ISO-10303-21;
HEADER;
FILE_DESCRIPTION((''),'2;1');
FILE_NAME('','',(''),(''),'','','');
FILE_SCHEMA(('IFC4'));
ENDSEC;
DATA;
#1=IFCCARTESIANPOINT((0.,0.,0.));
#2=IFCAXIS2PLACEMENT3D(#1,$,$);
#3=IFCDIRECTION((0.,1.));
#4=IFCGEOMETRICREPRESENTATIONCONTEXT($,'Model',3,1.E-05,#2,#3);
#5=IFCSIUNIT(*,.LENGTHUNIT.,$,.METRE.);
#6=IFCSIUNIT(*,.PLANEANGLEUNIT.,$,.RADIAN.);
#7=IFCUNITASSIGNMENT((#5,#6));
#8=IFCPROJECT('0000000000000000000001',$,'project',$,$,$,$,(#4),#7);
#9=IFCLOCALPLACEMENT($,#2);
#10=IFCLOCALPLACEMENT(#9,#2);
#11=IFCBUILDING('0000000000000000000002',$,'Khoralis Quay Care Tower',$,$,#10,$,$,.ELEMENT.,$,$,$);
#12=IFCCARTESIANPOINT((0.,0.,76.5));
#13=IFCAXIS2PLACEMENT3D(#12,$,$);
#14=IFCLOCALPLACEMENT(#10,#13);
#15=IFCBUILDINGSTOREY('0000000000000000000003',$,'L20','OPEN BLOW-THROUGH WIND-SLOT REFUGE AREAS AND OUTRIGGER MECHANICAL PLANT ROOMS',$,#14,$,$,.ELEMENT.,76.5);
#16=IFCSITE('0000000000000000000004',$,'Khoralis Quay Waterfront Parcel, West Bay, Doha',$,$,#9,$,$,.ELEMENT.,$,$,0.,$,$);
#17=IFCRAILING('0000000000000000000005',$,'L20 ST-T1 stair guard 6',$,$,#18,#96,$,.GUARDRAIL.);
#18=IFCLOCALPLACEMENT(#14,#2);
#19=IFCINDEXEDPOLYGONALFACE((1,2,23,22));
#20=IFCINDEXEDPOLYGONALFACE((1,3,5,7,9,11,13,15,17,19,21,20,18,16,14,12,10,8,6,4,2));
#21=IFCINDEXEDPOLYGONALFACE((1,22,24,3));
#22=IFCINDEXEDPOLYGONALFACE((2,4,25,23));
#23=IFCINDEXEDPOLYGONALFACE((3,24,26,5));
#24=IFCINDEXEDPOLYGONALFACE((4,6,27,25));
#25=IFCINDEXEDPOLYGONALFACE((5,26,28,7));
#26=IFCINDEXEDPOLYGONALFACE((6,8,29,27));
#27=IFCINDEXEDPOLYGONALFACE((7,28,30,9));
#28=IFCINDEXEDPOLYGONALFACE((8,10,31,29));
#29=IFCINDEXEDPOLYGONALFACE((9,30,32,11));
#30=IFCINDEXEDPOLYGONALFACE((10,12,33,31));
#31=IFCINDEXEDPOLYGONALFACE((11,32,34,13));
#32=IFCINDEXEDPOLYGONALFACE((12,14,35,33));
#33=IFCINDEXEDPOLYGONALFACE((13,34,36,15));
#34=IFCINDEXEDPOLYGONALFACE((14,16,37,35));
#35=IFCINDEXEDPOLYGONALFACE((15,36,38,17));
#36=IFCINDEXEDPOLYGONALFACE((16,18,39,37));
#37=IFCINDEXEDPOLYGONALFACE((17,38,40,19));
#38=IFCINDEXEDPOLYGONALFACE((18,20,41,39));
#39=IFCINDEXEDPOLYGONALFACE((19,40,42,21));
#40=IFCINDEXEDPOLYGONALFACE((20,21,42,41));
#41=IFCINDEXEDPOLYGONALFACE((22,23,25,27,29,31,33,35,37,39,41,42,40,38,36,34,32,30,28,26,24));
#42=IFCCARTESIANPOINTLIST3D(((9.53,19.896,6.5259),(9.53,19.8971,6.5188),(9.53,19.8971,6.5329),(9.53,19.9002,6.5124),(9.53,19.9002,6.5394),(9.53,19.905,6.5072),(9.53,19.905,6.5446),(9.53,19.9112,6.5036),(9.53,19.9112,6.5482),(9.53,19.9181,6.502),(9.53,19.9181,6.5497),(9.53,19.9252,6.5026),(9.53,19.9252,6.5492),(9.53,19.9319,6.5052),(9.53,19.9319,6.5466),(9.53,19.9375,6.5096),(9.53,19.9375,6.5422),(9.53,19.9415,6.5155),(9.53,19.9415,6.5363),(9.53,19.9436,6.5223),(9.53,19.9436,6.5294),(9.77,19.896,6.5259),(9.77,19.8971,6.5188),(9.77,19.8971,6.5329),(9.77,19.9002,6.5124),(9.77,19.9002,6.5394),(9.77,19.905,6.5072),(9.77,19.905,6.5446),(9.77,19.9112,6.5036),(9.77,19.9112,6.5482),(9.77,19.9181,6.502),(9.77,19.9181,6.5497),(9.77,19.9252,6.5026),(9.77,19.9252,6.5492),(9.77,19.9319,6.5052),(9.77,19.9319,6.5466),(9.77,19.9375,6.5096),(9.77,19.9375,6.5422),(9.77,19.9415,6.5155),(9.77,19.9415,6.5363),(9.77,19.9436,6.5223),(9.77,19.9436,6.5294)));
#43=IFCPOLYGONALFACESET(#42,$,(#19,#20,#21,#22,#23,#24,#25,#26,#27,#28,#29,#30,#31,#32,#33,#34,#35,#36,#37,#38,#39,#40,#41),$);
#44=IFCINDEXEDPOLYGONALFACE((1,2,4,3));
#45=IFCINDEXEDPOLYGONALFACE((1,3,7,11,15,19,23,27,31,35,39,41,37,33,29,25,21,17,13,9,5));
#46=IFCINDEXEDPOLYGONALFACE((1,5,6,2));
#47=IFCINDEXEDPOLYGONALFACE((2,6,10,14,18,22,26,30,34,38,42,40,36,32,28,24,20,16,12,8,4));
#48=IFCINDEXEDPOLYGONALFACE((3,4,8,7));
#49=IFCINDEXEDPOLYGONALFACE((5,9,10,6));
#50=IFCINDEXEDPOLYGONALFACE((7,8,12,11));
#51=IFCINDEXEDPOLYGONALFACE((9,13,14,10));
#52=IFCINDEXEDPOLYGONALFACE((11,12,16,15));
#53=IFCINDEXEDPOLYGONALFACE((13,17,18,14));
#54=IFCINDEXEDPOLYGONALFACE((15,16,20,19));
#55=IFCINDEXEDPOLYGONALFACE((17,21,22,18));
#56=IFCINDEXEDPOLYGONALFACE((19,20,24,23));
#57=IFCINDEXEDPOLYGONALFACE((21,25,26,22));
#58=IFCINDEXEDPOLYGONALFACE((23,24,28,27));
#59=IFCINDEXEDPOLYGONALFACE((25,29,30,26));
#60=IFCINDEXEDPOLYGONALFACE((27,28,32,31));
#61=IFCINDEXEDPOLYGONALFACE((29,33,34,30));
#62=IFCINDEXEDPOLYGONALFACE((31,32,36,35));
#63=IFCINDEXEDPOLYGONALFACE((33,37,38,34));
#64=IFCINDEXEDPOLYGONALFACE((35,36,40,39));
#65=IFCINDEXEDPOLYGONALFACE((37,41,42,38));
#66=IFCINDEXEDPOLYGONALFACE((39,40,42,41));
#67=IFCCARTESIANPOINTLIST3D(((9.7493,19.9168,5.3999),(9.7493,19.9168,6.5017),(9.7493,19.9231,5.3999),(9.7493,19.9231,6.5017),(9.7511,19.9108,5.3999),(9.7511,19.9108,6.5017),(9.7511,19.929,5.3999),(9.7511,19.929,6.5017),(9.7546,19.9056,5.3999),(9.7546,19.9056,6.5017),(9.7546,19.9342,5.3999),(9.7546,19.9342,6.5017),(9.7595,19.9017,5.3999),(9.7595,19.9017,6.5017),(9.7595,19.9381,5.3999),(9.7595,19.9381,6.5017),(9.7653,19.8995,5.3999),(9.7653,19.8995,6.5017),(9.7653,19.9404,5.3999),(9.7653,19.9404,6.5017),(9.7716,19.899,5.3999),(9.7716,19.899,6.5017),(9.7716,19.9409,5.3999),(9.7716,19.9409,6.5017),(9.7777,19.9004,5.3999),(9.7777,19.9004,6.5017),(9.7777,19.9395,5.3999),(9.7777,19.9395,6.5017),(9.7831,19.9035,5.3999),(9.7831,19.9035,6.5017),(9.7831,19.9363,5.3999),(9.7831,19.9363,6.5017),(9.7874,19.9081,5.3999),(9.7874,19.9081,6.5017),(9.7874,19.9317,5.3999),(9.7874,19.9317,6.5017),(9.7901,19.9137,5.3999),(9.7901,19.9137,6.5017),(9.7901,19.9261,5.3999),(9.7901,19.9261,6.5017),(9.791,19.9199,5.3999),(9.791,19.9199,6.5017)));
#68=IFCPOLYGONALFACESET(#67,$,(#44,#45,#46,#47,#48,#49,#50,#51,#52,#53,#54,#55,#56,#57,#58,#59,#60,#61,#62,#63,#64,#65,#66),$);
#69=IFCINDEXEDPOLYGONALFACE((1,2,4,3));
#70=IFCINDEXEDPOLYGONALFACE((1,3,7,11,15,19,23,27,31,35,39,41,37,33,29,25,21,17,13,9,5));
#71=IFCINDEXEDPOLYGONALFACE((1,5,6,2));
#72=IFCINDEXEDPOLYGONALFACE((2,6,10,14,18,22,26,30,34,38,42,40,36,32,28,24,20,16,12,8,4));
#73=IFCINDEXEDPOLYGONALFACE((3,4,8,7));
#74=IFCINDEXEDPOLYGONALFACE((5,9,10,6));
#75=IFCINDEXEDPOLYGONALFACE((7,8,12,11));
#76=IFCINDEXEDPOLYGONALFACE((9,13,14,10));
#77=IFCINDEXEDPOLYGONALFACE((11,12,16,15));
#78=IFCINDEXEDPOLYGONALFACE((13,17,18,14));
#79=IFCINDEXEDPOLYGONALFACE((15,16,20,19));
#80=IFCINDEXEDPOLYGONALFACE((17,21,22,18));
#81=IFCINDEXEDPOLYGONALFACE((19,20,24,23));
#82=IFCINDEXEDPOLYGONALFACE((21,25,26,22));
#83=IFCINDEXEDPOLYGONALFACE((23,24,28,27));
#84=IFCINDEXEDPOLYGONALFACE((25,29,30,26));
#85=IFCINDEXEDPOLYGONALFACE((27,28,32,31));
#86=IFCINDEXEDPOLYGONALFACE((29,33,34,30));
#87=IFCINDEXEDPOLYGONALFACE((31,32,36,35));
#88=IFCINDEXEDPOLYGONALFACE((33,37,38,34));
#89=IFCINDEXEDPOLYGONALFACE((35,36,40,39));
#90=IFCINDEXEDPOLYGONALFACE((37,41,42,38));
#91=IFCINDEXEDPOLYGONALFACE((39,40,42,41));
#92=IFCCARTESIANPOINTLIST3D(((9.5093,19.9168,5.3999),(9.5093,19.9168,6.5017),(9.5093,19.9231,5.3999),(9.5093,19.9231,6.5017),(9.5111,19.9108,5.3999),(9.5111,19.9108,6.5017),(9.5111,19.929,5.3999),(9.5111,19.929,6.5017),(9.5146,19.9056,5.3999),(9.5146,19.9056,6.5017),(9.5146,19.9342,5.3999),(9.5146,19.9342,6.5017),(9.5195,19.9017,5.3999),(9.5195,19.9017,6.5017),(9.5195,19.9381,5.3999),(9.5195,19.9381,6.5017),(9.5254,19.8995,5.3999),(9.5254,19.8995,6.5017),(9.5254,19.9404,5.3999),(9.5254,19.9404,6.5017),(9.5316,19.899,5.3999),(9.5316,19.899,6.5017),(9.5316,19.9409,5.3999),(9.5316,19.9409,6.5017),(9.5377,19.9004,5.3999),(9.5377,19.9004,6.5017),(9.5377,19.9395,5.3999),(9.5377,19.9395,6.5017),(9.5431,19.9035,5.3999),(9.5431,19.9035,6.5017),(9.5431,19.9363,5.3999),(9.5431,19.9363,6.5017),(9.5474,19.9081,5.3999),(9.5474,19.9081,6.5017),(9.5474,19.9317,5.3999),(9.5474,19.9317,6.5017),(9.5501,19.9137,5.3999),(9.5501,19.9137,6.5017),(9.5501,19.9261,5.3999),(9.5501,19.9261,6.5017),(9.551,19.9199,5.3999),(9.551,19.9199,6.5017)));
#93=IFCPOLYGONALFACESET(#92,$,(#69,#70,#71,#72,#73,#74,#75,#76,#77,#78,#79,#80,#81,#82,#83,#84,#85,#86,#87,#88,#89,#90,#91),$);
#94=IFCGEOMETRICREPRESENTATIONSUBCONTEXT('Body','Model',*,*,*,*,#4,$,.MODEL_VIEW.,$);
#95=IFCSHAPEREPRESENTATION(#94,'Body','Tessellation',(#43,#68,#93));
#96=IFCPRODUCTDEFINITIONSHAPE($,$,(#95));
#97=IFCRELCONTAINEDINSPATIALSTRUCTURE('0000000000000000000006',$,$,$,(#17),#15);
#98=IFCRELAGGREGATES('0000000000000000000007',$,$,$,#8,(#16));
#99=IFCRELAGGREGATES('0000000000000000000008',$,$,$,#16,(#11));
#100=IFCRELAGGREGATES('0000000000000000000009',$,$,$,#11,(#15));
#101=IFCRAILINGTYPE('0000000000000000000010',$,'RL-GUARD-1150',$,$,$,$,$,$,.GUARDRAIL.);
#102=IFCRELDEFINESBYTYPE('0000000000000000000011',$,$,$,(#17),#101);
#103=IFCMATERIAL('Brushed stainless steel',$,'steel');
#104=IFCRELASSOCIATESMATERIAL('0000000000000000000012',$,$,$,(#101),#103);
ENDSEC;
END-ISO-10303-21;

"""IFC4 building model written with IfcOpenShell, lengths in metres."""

from ifc_helpers import new_model, si_unit, direction, frame, origin, origin_2d, place, context, subcontext, project, spatial, circle, extrude, material, type_object, element, save


model = new_model("IFC4")

# Units and contexts
model_context = context("Model", 3, precision=1e-05, world=origin(), true_north=direction((0.0, 1.0)))
body_context = subcontext(model_context, "Body", "Model", "MODEL_VIEW")
ifc_project = project(units=[si_unit("LENGTHUNIT", "METRE"), si_unit("PLANEANGLEUNIT", "RADIAN")], contexts=[model_context])

# Site, building, storey
site_placement = place(None, origin())
site = spatial("IfcSite", under=ifc_project, at=site_placement, Name="Khoralis Quay Waterfront Parcel, West Bay, Doha", CompositionType="ELEMENT", RefElevation=0.0)
building_placement = place(site_placement, origin())
building = spatial("IfcBuilding", under=site, at=building_placement, Name="Khoralis Quay Care Tower", CompositionType="ELEMENT")
storey_placement = place(building_placement, frame((0.0, 0.0, 76.5)))
storey = spatial("IfcBuildingStorey", under=building, at=storey_placement, Name="L20", Description="OPEN BLOW-THROUGH WIND-SLOT REFUGE AREAS AND OUTRIGGER MECHANICAL PLANT ROOMS", CompositionType="ELEMENT", Elevation=76.5)

# Railing
ifc_material_1 = material(Name="Brushed stainless steel", Category="steel")
railing_type = type_object("IfcRailingType", Name="RL-GUARD-1150", PredefinedType="GUARDRAIL", material=ifc_material_1)
for number, where, name in (
    (1, (9.77, 19.9199, 5.3999), "L20 ST-T1 stair guard 6"),
):
    element("IfcRailing", number, at=place(storey_placement, frame(where)), inside=storey, type_object=railing_type, Name=name, PredefinedType="GUARDRAIL", context=body_context, shape_type="SweptSolid", body=[
        extrude(circle(Radius=0.0239, at=origin_2d()), frame((0.0, 0.0, 1.126), z_axis=(-1.0, 0.0, 0.0), x_axis=(0.0, -1.0, 0.0)), (0.0, 0.0, 1.0), 0.24),
        extrude(circle(Radius=0.021, at=origin_2d()), origin(), (0.0, 0.0, 1.0), 1.1018),
        extrude(circle(Radius=0.021, at=origin_2d()), frame((-0.24, 0.0, 0.0)), (0.0, 0.0, 1.0), 1.1018),
    ])

save(model, "model.ifc")
